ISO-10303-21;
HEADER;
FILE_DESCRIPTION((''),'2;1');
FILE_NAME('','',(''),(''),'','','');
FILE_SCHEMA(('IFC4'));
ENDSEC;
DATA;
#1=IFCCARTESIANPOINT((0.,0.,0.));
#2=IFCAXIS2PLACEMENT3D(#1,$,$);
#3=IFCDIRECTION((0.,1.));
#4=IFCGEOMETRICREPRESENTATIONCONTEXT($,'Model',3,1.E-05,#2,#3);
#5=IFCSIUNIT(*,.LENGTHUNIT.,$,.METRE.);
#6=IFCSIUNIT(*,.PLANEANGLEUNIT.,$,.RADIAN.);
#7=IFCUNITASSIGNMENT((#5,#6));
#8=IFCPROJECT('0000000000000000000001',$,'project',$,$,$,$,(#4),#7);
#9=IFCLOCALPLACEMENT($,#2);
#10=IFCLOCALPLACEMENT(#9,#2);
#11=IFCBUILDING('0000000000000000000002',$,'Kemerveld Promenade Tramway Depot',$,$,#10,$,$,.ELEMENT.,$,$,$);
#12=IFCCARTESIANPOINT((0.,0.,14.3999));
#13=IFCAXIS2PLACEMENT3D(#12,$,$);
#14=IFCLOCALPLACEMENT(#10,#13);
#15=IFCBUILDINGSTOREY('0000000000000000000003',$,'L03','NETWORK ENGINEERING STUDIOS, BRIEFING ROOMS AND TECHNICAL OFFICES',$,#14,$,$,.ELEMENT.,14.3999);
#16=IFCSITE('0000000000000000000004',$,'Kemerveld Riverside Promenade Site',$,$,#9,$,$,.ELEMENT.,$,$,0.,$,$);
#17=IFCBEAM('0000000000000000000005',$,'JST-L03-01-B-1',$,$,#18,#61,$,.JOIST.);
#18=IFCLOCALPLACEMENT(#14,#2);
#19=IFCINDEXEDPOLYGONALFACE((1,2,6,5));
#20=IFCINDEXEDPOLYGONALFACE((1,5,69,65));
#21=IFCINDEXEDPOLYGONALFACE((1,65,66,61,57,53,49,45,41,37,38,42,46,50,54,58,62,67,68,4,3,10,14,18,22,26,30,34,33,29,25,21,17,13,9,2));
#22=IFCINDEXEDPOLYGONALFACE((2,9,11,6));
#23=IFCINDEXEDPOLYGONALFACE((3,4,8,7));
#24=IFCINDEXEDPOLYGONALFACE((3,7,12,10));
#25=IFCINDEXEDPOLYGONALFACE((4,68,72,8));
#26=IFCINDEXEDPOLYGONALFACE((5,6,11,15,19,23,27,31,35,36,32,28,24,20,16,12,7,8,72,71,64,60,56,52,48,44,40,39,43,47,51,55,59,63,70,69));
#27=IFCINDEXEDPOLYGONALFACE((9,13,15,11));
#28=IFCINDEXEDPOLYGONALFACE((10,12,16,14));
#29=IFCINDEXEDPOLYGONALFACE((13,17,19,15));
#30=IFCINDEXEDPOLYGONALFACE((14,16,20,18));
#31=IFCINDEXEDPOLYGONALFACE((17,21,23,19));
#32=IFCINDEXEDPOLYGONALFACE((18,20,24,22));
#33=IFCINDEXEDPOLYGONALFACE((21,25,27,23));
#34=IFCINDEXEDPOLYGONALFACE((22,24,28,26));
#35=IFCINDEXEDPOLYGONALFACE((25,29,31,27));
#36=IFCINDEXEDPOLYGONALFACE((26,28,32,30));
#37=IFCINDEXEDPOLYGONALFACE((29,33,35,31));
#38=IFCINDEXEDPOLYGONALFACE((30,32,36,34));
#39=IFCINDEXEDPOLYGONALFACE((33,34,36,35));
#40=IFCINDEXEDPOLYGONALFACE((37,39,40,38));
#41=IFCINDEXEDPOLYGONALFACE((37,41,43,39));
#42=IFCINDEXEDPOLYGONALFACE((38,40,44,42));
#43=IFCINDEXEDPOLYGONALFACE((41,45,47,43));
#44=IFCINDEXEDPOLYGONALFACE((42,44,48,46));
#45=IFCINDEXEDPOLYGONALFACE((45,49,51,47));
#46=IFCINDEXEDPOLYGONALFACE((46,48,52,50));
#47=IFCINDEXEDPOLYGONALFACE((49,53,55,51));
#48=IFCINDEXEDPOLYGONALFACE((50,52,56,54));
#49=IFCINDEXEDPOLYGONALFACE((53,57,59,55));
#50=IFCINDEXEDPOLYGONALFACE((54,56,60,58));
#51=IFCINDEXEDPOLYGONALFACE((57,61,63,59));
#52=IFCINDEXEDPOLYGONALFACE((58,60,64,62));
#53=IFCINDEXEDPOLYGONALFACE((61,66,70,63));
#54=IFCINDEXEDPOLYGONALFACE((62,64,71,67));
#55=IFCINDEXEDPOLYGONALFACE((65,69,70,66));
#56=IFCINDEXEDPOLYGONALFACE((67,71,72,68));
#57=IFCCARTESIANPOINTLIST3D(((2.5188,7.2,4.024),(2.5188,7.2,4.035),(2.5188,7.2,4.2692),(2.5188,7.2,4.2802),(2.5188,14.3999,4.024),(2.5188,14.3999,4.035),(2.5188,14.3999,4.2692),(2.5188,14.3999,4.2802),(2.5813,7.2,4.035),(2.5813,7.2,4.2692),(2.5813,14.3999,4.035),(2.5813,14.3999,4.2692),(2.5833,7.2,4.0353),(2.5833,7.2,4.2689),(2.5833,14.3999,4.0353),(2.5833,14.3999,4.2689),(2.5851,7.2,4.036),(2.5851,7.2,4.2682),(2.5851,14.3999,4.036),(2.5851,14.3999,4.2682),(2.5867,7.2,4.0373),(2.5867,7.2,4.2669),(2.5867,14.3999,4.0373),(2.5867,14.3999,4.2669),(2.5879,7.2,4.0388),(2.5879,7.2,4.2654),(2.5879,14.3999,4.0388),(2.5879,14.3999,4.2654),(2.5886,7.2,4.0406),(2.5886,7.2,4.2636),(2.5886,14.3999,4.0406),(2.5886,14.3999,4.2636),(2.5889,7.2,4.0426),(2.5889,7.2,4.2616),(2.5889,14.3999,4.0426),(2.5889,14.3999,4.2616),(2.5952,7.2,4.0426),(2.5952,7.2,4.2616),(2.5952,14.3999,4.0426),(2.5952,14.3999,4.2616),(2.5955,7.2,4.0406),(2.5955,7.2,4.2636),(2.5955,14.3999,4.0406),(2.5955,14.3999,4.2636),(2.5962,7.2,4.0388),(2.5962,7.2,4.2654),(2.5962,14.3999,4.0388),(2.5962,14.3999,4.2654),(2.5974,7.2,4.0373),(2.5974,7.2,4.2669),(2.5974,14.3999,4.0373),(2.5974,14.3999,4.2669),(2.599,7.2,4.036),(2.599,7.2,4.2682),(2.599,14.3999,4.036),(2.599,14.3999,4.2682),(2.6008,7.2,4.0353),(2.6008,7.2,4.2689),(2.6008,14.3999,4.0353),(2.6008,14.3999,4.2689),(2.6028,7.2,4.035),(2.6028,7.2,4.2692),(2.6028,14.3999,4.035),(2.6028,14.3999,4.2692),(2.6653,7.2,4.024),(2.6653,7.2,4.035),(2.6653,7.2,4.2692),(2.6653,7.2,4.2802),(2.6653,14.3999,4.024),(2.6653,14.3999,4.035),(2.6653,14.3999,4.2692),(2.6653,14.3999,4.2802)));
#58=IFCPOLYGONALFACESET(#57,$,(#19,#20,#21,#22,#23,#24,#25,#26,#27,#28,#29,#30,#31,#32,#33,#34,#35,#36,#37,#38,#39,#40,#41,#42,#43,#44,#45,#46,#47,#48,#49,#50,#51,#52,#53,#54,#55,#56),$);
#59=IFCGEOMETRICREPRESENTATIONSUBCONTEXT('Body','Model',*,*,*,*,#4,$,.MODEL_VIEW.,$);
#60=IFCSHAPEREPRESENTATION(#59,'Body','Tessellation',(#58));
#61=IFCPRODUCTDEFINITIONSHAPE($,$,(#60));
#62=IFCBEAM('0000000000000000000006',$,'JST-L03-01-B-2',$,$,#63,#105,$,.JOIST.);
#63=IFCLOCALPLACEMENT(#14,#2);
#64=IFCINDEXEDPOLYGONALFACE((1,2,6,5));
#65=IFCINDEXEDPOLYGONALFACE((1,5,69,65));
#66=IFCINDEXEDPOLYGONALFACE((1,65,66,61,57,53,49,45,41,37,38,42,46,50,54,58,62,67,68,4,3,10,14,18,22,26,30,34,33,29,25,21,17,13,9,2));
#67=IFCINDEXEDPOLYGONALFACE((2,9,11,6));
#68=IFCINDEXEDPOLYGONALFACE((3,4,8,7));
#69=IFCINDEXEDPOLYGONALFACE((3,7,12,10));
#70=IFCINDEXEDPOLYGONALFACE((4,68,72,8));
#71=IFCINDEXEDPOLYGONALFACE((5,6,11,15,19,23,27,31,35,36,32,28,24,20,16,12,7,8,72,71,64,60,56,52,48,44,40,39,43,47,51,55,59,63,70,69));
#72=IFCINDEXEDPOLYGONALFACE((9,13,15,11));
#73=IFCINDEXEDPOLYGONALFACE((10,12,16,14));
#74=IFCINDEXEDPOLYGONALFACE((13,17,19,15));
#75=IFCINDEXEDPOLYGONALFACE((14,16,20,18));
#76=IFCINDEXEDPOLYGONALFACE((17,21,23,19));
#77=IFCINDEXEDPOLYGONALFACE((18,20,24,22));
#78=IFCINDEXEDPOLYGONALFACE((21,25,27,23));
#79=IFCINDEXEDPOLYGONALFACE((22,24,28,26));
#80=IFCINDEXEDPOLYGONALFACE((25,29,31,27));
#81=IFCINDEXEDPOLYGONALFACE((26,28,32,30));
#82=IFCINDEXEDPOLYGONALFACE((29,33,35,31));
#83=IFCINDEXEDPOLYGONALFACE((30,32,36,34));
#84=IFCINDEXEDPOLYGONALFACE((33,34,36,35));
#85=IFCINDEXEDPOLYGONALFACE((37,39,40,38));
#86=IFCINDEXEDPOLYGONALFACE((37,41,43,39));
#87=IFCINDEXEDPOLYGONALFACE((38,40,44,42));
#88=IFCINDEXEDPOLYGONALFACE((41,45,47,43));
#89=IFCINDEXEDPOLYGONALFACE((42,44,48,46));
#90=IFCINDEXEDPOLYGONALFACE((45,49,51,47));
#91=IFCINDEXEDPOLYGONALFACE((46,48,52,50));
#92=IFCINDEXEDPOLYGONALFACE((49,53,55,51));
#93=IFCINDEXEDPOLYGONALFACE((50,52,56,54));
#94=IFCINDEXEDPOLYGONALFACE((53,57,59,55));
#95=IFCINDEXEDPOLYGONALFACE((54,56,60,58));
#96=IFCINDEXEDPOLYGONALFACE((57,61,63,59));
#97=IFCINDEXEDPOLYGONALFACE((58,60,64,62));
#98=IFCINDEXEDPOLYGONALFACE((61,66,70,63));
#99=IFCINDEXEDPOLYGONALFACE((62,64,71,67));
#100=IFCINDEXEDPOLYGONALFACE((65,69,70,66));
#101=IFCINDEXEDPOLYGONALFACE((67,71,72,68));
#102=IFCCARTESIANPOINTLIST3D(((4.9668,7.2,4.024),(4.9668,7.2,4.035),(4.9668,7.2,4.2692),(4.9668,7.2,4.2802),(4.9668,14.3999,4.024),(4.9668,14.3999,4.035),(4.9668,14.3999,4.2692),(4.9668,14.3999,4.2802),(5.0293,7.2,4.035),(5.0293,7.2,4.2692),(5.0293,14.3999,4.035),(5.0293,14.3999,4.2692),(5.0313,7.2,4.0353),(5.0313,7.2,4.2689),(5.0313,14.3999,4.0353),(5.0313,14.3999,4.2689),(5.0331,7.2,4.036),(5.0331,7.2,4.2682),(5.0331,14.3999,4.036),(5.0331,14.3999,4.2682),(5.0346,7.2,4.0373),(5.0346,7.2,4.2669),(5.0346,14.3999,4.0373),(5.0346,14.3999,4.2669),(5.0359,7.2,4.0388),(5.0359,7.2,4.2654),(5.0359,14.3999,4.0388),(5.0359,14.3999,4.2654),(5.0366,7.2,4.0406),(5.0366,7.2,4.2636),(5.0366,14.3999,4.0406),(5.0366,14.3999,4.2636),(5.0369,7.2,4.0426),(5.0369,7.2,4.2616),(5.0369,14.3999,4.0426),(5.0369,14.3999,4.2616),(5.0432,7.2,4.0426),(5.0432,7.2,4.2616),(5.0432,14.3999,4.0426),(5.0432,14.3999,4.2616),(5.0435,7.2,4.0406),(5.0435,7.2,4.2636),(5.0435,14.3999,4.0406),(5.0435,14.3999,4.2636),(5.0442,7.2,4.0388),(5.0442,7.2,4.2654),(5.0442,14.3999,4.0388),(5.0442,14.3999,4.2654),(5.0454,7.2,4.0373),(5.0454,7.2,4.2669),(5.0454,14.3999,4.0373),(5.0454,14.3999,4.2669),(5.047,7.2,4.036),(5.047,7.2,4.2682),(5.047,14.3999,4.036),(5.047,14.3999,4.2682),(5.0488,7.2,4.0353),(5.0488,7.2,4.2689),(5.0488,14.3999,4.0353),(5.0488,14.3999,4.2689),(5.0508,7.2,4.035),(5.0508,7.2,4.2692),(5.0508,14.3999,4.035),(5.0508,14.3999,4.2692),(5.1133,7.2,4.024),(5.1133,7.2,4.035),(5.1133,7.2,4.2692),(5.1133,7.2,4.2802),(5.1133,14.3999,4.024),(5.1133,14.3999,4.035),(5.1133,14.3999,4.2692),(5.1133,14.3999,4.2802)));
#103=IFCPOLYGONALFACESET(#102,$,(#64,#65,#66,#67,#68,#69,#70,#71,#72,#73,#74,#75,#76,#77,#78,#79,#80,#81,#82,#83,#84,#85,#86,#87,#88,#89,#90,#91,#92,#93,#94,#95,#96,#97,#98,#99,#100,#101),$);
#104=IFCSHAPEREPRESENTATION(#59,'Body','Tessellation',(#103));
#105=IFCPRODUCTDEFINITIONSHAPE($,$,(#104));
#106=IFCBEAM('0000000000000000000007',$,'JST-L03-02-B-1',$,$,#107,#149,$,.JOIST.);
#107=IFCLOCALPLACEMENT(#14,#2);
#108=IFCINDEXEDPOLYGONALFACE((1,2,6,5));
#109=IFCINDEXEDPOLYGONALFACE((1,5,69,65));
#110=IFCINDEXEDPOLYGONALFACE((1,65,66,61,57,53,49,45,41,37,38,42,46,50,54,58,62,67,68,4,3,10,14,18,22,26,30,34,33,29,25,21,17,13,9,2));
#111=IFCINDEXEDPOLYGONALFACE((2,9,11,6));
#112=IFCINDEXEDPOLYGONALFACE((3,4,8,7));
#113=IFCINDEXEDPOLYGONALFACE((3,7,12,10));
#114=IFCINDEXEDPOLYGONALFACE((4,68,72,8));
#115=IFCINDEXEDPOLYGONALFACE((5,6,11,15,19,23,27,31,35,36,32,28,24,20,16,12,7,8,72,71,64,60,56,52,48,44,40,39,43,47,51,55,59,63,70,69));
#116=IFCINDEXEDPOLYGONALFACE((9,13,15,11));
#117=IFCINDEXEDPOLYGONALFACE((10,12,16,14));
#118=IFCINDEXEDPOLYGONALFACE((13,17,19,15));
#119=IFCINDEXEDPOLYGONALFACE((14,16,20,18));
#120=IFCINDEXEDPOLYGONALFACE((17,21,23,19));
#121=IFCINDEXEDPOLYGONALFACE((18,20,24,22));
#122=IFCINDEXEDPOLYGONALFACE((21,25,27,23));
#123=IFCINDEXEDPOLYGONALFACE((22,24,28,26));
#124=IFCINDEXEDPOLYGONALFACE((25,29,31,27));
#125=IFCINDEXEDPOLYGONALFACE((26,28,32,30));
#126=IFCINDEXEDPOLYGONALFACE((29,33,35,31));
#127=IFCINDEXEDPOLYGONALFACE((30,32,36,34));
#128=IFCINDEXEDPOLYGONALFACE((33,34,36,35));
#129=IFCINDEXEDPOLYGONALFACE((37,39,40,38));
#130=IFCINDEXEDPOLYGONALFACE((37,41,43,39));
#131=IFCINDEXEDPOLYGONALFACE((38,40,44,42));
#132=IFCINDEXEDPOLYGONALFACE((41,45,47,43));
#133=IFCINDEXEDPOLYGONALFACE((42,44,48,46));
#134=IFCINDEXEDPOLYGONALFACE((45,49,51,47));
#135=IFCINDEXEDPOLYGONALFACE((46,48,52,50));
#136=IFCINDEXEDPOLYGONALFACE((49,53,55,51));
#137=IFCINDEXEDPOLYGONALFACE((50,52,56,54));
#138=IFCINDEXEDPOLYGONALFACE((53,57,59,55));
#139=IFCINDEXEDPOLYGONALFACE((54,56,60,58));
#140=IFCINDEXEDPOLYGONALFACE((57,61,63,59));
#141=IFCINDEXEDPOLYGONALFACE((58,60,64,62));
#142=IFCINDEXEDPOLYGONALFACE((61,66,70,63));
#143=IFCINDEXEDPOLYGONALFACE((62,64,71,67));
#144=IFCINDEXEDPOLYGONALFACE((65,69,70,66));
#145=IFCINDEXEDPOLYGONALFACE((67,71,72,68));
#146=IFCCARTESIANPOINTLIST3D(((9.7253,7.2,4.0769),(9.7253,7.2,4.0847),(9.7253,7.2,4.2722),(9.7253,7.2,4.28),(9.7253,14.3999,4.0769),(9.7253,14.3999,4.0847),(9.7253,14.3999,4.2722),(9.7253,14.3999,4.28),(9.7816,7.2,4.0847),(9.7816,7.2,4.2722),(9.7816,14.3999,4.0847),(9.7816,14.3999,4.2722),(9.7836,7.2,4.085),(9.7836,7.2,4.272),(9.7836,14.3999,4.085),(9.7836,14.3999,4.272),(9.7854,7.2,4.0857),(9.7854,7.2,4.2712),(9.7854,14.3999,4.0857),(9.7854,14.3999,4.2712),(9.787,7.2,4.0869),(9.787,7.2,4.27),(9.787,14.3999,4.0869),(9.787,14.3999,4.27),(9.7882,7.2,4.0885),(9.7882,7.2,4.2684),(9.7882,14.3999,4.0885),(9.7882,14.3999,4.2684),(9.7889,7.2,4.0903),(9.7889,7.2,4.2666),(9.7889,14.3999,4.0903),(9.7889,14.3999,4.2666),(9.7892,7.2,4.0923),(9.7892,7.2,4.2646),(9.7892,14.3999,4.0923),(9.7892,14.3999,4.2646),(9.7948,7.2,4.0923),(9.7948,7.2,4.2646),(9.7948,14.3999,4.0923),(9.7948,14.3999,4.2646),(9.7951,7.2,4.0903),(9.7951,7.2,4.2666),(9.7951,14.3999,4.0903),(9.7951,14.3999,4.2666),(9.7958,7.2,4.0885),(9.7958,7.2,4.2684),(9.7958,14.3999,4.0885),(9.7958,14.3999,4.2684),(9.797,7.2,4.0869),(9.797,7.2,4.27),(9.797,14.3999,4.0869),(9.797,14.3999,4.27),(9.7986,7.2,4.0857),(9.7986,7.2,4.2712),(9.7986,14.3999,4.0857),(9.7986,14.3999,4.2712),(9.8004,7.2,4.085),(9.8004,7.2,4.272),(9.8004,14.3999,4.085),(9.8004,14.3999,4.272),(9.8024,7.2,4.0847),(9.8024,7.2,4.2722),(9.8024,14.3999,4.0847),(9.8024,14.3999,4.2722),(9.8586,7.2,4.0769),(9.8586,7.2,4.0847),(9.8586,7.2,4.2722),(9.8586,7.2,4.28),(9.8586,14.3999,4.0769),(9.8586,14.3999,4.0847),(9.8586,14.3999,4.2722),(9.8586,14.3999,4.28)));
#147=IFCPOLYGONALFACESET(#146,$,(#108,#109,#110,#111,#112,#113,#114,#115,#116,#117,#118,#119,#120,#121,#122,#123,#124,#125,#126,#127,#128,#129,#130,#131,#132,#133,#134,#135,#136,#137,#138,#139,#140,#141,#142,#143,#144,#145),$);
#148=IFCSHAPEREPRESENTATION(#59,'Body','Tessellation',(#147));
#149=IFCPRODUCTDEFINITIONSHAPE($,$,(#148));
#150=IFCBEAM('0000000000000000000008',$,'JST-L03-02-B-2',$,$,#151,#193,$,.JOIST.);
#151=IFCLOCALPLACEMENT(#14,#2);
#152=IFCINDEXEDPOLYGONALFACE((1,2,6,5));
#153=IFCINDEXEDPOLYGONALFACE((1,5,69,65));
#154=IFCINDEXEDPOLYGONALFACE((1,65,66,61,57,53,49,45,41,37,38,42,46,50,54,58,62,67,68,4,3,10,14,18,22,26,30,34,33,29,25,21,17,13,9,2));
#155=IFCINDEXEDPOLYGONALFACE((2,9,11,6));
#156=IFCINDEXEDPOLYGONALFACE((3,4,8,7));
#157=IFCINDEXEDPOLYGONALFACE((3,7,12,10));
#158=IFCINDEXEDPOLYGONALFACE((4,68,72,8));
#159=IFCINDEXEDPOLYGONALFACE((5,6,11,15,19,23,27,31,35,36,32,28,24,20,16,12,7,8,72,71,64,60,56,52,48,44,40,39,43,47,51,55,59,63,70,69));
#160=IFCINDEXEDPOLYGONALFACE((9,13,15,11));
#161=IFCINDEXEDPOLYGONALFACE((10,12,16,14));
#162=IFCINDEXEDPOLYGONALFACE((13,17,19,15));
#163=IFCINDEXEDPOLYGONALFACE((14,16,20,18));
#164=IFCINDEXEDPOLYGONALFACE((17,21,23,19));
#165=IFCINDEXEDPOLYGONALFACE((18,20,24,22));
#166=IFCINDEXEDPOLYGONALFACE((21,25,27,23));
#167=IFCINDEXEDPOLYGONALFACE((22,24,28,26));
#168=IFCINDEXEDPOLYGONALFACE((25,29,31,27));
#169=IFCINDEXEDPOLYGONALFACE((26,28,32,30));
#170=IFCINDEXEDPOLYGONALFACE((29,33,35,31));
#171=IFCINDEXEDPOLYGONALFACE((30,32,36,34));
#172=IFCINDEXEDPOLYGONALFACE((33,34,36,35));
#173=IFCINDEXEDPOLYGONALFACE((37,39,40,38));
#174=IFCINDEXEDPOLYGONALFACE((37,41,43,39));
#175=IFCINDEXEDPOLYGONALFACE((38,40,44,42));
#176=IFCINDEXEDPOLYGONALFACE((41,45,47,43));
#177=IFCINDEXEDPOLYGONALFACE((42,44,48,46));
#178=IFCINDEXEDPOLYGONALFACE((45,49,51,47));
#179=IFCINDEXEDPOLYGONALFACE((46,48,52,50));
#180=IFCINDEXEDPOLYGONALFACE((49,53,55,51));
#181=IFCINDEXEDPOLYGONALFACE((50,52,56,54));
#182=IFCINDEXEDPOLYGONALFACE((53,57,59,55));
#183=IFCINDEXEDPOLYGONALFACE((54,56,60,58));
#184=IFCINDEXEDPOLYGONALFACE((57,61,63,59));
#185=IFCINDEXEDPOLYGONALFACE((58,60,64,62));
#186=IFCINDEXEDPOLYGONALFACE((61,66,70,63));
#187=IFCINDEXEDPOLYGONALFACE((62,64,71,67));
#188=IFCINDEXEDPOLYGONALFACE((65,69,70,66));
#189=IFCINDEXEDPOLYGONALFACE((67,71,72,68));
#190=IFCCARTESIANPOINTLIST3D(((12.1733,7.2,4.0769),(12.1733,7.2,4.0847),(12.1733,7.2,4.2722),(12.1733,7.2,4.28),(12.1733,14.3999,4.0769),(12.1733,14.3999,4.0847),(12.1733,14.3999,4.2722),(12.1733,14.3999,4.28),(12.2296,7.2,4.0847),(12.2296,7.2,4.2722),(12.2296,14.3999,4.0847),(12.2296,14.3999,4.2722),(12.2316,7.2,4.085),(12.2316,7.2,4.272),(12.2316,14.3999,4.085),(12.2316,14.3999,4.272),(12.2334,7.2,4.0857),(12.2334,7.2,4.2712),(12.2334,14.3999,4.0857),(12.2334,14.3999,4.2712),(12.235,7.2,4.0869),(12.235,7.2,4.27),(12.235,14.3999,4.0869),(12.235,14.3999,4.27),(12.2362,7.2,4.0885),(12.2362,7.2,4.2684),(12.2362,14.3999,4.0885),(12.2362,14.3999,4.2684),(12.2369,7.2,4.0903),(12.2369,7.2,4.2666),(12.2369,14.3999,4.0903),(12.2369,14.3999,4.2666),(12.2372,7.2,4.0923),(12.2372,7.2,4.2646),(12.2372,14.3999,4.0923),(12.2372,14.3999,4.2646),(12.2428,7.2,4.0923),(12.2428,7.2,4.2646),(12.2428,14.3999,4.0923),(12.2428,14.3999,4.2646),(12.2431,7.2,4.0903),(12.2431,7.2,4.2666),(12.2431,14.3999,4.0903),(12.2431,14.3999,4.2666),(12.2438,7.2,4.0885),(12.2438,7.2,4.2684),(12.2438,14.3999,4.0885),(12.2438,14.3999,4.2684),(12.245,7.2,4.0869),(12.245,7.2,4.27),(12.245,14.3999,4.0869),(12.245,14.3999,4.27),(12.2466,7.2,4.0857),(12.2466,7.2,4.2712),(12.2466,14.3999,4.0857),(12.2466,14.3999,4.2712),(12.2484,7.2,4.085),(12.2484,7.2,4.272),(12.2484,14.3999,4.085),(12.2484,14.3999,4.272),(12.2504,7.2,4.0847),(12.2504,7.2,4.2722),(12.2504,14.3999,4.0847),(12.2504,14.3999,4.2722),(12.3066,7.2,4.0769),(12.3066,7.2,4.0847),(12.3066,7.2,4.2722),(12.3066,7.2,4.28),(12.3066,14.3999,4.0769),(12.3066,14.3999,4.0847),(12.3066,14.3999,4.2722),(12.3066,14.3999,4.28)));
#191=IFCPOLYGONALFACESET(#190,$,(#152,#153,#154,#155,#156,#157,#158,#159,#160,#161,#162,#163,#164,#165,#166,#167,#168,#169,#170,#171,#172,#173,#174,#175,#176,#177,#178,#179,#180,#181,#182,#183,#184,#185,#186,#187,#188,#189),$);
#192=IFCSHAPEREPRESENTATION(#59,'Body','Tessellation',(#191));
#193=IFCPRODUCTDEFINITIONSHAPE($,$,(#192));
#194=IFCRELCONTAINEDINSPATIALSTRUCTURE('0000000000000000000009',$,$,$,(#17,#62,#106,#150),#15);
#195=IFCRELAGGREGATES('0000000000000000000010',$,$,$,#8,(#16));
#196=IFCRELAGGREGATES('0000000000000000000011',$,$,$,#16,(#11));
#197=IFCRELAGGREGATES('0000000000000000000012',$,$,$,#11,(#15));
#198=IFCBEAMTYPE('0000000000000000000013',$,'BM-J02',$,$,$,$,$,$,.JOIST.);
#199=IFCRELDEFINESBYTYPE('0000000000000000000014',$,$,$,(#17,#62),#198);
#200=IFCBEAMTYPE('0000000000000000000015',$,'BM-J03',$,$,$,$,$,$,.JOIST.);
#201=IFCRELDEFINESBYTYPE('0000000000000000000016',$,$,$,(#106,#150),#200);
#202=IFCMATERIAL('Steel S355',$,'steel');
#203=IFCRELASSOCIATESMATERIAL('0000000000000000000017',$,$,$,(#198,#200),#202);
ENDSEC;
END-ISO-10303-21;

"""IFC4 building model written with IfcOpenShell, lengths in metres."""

from ifc_helpers import new_model, si_unit, direction, frame, origin, origin_2d, place, context, subcontext, project, spatial, i_section, extrude, material, material_profile, profile_set, type_object, element, save


model = new_model("IFC4")

# Units and contexts
model_context = context("Model", 3, precision=1e-05, world=origin(), true_north=direction((0.0, 1.0)))
body_context = subcontext(model_context, "Body", "Model", "MODEL_VIEW")
ifc_project = project(units=[si_unit("LENGTHUNIT", "METRE"), si_unit("PLANEANGLEUNIT", "RADIAN")], contexts=[model_context])

# Site, building, storey
site_placement = place(None, origin())
site = spatial("IfcSite", under=ifc_project, at=site_placement, Name="Kemerveld Riverside Promenade Site", CompositionType="ELEMENT", RefElevation=0.0)
building_placement = place(site_placement, origin())
building = spatial("IfcBuilding", under=site, at=building_placement, Name="Kemerveld Promenade Tramway Depot", CompositionType="ELEMENT")
storey_placement = place(building_placement, frame((0.0, 0.0, 14.3999)))
storey = spatial("IfcBuildingStorey", under=building, at=storey_placement, Name="L03", Description="NETWORK ENGINEERING STUDIOS, BRIEFING ROOMS AND TECHNICAL OFFICES", CompositionType="ELEMENT", Elevation=14.3999)

# Shared definitions
ifc_material_1 = material(Name="Steel S355", Category="steel")

# Beams
ifc_material_profile_1 = material_profile(ifc_material_1, i_section(OverallWidth=0.1465, OverallDepth=0.2561, WebThickness=0.0063, FlangeThickness=0.011, FilletRadius=0.0076, at=origin_2d()), Name="254x146x37 UB")
ifc_profile_set_1 = profile_set([ifc_material_profile_1], Name="Steel S355")
beam_type_1 = type_object("IfcBeamType", Name="BM-J02", PredefinedType="JOIST", material=ifc_profile_set_1)
for number, where, z_axis, x_axis, name in (
    (1, (2.592, 7.2, 4.1521), (0.0, 1.0, 0.0), (-1.0, 0.0, 0.0), "JST-L03-01-B-1"),
    (2, (5.04, 7.2, 4.1521), (0.0, 1.0, 0.0), (-1.0, 0.0, 0.0), "JST-L03-01-B-2"),
):
    element("IfcBeam", number, at=place(storey_placement, frame(where, z_axis=z_axis, x_axis=x_axis)), inside=storey, type_object=beam_type_1, Name=name, PredefinedType="JOIST", context=body_context, shape_type="SweptSolid", body=[
        extrude(i_section(OverallWidth=0.1465, OverallDepth=0.2561, WebThickness=0.0063, FlangeThickness=0.011, FilletRadius=0.0076, at=origin_2d()), origin(), (0.0, 0.0, 1.0), 7.2),
    ])
ifc_material_profile_2 = material_profile(ifc_material_1, i_section(OverallWidth=0.1333, OverallDepth=0.2031, WebThickness=0.0056, FlangeThickness=0.0078, FilletRadius=0.0076, at=origin_2d()), Name="203x133x25 UB")
ifc_profile_set_2 = profile_set([ifc_material_profile_2], Name="Steel S355")
beam_type_2 = type_object("IfcBeamType", Name="BM-J03", PredefinedType="JOIST", material=ifc_profile_set_2)
for number, where, z_axis, x_axis, name in (
    (3, (9.792, 7.2, 4.1785), (0.0, 1.0, 0.0), (-1.0, 0.0, 0.0), "JST-L03-02-B-1"),
    (4, (12.24, 7.2, 4.1785), (0.0, 1.0, 0.0), (-1.0, 0.0, 0.0), "JST-L03-02-B-2"),
):
    element("IfcBeam", number, at=place(storey_placement, frame(where, z_axis=z_axis, x_axis=x_axis)), inside=storey, type_object=beam_type_2, Name=name, PredefinedType="JOIST", context=body_context, shape_type="SweptSolid", body=[
        extrude(i_section(OverallWidth=0.1333, OverallDepth=0.2031, WebThickness=0.0056, FlangeThickness=0.0078, FilletRadius=0.0076, at=origin_2d()), origin(), (0.0, 0.0, 1.0), 7.2),
    ])

save(model, "model.ifc")
